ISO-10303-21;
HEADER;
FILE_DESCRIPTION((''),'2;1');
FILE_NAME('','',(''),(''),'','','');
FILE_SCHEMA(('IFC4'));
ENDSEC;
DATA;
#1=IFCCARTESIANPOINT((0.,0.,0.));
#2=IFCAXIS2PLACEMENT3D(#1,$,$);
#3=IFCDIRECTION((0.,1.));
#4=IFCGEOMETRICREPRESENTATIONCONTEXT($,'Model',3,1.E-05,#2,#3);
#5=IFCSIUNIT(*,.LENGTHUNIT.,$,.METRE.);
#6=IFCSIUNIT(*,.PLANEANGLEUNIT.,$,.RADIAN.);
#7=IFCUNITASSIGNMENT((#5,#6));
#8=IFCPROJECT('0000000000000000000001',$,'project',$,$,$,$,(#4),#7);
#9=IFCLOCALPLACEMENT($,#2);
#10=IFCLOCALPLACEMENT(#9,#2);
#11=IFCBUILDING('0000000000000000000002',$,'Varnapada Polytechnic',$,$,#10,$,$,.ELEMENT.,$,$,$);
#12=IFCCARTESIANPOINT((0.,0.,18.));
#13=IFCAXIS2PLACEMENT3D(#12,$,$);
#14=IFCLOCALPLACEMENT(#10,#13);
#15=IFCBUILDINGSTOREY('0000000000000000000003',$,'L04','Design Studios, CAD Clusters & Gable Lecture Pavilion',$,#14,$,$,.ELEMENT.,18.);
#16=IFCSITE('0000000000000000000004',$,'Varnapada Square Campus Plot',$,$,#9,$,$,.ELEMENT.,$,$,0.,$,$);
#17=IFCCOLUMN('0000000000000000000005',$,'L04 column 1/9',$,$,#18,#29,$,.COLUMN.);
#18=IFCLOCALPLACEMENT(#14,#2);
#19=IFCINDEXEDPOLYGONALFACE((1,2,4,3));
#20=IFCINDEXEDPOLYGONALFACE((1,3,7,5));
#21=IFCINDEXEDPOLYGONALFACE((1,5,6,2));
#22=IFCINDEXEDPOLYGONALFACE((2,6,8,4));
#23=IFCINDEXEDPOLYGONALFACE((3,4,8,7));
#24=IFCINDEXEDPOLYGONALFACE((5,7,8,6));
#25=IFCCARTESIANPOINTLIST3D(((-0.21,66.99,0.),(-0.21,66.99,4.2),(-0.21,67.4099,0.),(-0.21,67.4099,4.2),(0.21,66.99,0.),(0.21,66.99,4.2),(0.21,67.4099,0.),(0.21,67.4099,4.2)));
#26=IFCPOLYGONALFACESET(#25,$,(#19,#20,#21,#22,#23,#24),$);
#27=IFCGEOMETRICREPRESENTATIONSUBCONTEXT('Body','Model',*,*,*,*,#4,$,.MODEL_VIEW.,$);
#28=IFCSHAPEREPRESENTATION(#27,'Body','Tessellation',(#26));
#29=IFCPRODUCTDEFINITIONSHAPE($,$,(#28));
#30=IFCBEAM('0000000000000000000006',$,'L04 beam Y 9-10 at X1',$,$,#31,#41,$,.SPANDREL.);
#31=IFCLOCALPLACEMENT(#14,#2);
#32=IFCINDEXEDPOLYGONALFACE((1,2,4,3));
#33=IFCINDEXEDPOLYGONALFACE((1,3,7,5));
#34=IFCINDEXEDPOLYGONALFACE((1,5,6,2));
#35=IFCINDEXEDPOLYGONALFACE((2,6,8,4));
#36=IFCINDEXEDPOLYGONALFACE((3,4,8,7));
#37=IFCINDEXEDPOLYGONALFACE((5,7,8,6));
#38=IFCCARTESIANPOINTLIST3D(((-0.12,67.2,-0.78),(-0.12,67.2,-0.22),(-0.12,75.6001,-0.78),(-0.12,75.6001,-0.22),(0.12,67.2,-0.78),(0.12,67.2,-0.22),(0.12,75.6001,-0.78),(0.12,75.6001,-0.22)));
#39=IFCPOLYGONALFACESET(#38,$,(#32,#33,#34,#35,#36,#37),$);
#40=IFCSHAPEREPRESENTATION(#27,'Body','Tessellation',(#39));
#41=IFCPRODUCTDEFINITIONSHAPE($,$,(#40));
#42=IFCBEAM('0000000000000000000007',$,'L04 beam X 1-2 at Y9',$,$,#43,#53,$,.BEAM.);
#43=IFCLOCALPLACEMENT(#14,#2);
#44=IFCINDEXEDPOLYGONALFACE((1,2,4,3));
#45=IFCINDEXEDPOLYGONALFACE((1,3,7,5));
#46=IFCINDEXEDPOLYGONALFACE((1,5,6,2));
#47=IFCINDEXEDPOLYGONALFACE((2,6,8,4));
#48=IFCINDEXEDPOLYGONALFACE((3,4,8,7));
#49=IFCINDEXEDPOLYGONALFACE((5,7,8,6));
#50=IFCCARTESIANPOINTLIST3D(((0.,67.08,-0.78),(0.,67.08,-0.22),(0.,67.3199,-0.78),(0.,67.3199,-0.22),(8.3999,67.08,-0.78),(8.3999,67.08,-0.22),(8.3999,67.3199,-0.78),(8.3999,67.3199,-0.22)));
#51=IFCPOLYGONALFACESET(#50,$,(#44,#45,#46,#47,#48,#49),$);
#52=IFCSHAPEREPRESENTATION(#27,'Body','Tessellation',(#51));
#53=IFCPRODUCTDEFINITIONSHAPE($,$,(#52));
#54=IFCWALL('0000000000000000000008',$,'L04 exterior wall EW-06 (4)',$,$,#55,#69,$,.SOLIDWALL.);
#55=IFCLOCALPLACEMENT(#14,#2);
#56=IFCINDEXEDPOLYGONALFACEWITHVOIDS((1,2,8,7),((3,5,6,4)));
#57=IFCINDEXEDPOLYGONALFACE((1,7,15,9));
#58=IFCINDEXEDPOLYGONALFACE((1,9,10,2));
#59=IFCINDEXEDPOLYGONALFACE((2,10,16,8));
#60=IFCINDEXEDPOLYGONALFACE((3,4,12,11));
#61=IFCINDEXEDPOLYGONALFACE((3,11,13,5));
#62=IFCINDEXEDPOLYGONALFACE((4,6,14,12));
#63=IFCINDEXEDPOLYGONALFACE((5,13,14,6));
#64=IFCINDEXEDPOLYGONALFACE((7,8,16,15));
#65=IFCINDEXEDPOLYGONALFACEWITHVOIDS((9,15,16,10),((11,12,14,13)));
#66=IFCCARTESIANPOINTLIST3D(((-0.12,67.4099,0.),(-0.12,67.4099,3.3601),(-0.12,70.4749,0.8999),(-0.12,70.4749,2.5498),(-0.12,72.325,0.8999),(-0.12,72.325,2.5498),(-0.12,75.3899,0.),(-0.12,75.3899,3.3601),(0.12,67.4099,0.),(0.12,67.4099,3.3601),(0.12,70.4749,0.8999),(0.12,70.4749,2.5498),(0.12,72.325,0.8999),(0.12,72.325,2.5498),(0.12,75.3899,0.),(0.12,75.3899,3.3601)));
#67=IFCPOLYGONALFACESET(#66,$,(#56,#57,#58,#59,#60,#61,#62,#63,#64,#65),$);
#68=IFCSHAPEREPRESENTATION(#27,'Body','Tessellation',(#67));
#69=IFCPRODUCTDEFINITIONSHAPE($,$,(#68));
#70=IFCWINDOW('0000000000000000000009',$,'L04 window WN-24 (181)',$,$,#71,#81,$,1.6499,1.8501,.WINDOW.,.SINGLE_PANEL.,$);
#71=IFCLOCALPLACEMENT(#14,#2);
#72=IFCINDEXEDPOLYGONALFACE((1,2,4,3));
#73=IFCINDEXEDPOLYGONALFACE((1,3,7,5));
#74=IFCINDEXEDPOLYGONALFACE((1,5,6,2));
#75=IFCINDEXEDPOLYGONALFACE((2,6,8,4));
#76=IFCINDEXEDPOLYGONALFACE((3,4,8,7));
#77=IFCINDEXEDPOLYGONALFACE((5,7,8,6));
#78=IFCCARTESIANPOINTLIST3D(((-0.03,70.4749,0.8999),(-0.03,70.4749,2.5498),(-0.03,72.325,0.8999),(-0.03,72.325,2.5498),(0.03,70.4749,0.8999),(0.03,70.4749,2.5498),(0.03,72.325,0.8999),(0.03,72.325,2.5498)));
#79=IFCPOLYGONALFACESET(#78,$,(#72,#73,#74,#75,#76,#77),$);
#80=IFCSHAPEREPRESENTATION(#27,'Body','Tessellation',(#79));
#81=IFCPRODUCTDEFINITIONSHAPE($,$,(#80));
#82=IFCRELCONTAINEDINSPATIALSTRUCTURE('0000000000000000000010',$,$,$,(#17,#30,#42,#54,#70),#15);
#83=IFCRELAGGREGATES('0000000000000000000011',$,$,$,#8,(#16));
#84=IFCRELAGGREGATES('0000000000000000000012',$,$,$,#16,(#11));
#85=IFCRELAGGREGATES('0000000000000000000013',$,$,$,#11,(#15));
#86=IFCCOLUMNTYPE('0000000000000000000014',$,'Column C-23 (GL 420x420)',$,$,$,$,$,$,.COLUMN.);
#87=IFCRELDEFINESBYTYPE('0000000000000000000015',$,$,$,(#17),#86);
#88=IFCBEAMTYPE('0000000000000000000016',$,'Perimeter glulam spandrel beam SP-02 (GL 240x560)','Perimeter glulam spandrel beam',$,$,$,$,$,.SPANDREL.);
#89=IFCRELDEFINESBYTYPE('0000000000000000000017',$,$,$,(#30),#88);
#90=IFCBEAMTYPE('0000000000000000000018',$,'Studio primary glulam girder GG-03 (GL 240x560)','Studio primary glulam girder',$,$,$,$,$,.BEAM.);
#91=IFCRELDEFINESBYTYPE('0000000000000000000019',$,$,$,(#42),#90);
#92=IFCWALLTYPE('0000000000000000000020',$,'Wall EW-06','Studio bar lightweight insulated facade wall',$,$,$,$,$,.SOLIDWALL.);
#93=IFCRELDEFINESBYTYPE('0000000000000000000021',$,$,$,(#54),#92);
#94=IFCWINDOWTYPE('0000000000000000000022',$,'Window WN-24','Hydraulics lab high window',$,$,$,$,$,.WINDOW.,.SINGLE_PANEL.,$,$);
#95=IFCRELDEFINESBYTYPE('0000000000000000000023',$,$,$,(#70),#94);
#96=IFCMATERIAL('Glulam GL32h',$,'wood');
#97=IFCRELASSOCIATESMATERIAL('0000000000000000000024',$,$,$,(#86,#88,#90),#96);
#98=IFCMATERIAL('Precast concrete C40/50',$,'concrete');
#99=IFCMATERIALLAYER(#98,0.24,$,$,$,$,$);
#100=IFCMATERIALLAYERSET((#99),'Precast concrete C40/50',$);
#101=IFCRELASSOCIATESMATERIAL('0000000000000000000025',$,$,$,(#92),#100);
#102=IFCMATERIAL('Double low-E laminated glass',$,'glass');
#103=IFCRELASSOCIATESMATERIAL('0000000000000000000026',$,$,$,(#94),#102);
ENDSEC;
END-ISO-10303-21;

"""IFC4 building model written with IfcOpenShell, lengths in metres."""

from ifc_helpers import new_model, si_unit, direction, frame, frame_2d, origin, origin_2d, place, context, subcontext, project, spatial, rectangle, extrude, material, layer, layer_set, material_profile, profile_set, type_object, element, fill, save


model = new_model("IFC4")

# Units and contexts
model_context = context("Model", 3, precision=1e-05, world=origin(), true_north=direction((0.0, 1.0)))
body_context = subcontext(model_context, "Body", "Model", "MODEL_VIEW")
ifc_project = project(units=[si_unit("LENGTHUNIT", "METRE"), si_unit("PLANEANGLEUNIT", "RADIAN")], contexts=[model_context])

# Site, building, storey
site_placement = place(None, origin())
site = spatial("IfcSite", under=ifc_project, at=site_placement, Name="Varnapada Square Campus Plot", CompositionType="ELEMENT", RefElevation=0.0)
building_placement = place(site_placement, origin())
building = spatial("IfcBuilding", under=site, at=building_placement, Name="Varnapada Polytechnic", CompositionType="ELEMENT")
storey_placement = place(building_placement, frame((0.0, 0.0, 18.0)))
storey = spatial("IfcBuildingStorey", under=building, at=storey_placement, Name="L04", Description="Design Studios, CAD Clusters & Gable Lecture Pavilion", CompositionType="ELEMENT", Elevation=18.0)

# Column
ifc_material_1 = material(Name="Glulam GL32h", Category="wood")
ifc_material_profile_1 = material_profile(ifc_material_1, rectangle(XDim=0.4199, YDim=0.4199, at=origin_2d()), Name="GL 420x420")
ifc_profile_set_1 = profile_set([ifc_material_profile_1], Name="Glulam GL32h")
column_type = type_object("IfcColumnType", Name="Column C-23 (GL 420x420)", PredefinedType="COLUMN", material=ifc_profile_set_1)
column_placement = place(storey_placement, frame((0.0, 67.2, 0.0), z_axis=(0.0, 0.0, 1.0), x_axis=(1.0, 0.0, 0.0)))
element("IfcColumn", 1, at=column_placement, inside=storey, type_object=column_type, Name="L04 column 1/9", PredefinedType="COLUMN", context=body_context, shape_type="SweptSolid", body=[
    extrude(rectangle(XDim=0.4199, YDim=0.4199, at=origin_2d()), origin(), (0.0, 0.0, 1.0), 4.2),
])

# Beams
ifc_material_profile_2 = material_profile(ifc_material_1, rectangle(XDim=0.24, YDim=0.5601, at=origin_2d()), Name="GL 240x560")
ifc_profile_set_2 = profile_set([ifc_material_profile_2], Name="Glulam GL32h")
beam_type_1 = type_object("IfcBeamType", Name="Perimeter glulam spandrel beam SP-02 (GL 240x560)", Description="Perimeter glulam spandrel beam", PredefinedType="SPANDREL", material=ifc_profile_set_2)
beam_1_placement = place(storey_placement, frame((0.0, 67.2, -0.5), z_axis=(0.0, 1.0, 0.0), x_axis=(-1.0, 0.0, 0.0)))
element("IfcBeam", 2, at=beam_1_placement, inside=storey, type_object=beam_type_1, Name="L04 beam Y 9-10 at X1", PredefinedType="SPANDREL", context=body_context, shape_type="SweptSolid", body=[
    extrude(rectangle(XDim=0.24, YDim=0.5601, at=origin_2d()), origin(), (0.0, 0.0, 1.0), 8.4001),
])
ifc_material_profile_3 = material_profile(ifc_material_1, rectangle(XDim=0.24, YDim=0.5601, at=origin_2d()), Name="GL 240x560")
ifc_profile_set_3 = profile_set([ifc_material_profile_3], Name="Glulam GL32h")
beam_type_2 = type_object("IfcBeamType", Name="Studio primary glulam girder GG-03 (GL 240x560)", Description="Studio primary glulam girder", PredefinedType="BEAM", material=ifc_profile_set_3)
beam_2_placement = place(storey_placement, frame((0.0, 67.2, -0.5), z_axis=(1.0, 0.0, 0.0), x_axis=(0.0, 1.0, 0.0)))
element("IfcBeam", 3, at=beam_2_placement, inside=storey, type_object=beam_type_2, Name="L04 beam X 1-2 at Y9", PredefinedType="BEAM", context=body_context, shape_type="SweptSolid", body=[
    extrude(rectangle(XDim=0.24, YDim=0.5601, at=origin_2d()), origin(), (0.0, 0.0, 1.0), 8.3999),
])

# Wall, opening, window
ifc_material_2 = material(Name="Precast concrete C40/50", Category="concrete")
ifc_layer_1 = layer(ifc_material_2, 0.24)
ifc_layer_set_1 = layer_set([ifc_layer_1], Name="Precast concrete C40/50")
wall_type = type_object("IfcWallType", Name="Wall EW-06", Description="Studio bar lightweight insulated facade wall", PredefinedType="SOLIDWALL", material=ifc_layer_set_1)
wall_placement = place(storey_placement, frame((0.0, 67.4099, 0.0), z_axis=(0.0, 0.0, 1.0), x_axis=(0.0, 1.0, 0.0)))
wall = element("IfcWall", 4, at=wall_placement, inside=storey, type_object=wall_type, Name="L04 exterior wall EW-06 (4)", PredefinedType="SOLIDWALL", context=body_context, shape_type="SweptSolid", body=[
    extrude(rectangle(XDim=7.98, YDim=0.24, at=frame_2d((3.99, 0.0))), origin(), (0.0, 0.0, 1.0), 3.3601),
])
opening_1_placement = place(wall_placement, frame((3.0649, 0.0, 0.8999)))
opening_1 = element("IfcOpeningElement", 5, at=opening_1_placement, cuts=wall, PredefinedType="OPENING", context=body_context, shape_type="SweptSolid", body=[
    extrude(rectangle(XDim=1.8501, YDim=1.6499, at=frame_2d((0.925, 0.825))), frame((0.0, 0.1299, 0.0), z_axis=(0.0, -1.0, 0.0), x_axis=(1.0, 0.0, 0.0)), (0.0, 0.0, 1.0), 0.26),
])
ifc_material_3 = material(Name="Double low-E laminated glass", Category="glass")
window_type = type_object("IfcWindowType", Name="Window WN-24", Description="Hydraulics lab high window", PartitioningType="SINGLE_PANEL", PredefinedType="WINDOW", material=ifc_material_3)
window_placement = place(opening_1_placement, origin())
window = element("IfcWindow", 6, at=window_placement, inside=storey, type_object=window_type, Name="L04 window WN-24 (181)", OverallHeight=1.6499, OverallWidth=1.8501, PartitioningType="SINGLE_PANEL", PredefinedType="WINDOW", context=body_context, shape_type="SweptSolid", body=[
    extrude(rectangle(XDim=1.8501, YDim=1.6499, at=frame_2d((0.925, 0.825))), frame((0.0, 0.03, 0.0), z_axis=(0.0, -1.0, 0.0), x_axis=(1.0, 0.0, 0.0)), (0.0, 0.0, 1.0), 0.0601),
])
fill(opening_1, window)

save(model, "model.ifc")
